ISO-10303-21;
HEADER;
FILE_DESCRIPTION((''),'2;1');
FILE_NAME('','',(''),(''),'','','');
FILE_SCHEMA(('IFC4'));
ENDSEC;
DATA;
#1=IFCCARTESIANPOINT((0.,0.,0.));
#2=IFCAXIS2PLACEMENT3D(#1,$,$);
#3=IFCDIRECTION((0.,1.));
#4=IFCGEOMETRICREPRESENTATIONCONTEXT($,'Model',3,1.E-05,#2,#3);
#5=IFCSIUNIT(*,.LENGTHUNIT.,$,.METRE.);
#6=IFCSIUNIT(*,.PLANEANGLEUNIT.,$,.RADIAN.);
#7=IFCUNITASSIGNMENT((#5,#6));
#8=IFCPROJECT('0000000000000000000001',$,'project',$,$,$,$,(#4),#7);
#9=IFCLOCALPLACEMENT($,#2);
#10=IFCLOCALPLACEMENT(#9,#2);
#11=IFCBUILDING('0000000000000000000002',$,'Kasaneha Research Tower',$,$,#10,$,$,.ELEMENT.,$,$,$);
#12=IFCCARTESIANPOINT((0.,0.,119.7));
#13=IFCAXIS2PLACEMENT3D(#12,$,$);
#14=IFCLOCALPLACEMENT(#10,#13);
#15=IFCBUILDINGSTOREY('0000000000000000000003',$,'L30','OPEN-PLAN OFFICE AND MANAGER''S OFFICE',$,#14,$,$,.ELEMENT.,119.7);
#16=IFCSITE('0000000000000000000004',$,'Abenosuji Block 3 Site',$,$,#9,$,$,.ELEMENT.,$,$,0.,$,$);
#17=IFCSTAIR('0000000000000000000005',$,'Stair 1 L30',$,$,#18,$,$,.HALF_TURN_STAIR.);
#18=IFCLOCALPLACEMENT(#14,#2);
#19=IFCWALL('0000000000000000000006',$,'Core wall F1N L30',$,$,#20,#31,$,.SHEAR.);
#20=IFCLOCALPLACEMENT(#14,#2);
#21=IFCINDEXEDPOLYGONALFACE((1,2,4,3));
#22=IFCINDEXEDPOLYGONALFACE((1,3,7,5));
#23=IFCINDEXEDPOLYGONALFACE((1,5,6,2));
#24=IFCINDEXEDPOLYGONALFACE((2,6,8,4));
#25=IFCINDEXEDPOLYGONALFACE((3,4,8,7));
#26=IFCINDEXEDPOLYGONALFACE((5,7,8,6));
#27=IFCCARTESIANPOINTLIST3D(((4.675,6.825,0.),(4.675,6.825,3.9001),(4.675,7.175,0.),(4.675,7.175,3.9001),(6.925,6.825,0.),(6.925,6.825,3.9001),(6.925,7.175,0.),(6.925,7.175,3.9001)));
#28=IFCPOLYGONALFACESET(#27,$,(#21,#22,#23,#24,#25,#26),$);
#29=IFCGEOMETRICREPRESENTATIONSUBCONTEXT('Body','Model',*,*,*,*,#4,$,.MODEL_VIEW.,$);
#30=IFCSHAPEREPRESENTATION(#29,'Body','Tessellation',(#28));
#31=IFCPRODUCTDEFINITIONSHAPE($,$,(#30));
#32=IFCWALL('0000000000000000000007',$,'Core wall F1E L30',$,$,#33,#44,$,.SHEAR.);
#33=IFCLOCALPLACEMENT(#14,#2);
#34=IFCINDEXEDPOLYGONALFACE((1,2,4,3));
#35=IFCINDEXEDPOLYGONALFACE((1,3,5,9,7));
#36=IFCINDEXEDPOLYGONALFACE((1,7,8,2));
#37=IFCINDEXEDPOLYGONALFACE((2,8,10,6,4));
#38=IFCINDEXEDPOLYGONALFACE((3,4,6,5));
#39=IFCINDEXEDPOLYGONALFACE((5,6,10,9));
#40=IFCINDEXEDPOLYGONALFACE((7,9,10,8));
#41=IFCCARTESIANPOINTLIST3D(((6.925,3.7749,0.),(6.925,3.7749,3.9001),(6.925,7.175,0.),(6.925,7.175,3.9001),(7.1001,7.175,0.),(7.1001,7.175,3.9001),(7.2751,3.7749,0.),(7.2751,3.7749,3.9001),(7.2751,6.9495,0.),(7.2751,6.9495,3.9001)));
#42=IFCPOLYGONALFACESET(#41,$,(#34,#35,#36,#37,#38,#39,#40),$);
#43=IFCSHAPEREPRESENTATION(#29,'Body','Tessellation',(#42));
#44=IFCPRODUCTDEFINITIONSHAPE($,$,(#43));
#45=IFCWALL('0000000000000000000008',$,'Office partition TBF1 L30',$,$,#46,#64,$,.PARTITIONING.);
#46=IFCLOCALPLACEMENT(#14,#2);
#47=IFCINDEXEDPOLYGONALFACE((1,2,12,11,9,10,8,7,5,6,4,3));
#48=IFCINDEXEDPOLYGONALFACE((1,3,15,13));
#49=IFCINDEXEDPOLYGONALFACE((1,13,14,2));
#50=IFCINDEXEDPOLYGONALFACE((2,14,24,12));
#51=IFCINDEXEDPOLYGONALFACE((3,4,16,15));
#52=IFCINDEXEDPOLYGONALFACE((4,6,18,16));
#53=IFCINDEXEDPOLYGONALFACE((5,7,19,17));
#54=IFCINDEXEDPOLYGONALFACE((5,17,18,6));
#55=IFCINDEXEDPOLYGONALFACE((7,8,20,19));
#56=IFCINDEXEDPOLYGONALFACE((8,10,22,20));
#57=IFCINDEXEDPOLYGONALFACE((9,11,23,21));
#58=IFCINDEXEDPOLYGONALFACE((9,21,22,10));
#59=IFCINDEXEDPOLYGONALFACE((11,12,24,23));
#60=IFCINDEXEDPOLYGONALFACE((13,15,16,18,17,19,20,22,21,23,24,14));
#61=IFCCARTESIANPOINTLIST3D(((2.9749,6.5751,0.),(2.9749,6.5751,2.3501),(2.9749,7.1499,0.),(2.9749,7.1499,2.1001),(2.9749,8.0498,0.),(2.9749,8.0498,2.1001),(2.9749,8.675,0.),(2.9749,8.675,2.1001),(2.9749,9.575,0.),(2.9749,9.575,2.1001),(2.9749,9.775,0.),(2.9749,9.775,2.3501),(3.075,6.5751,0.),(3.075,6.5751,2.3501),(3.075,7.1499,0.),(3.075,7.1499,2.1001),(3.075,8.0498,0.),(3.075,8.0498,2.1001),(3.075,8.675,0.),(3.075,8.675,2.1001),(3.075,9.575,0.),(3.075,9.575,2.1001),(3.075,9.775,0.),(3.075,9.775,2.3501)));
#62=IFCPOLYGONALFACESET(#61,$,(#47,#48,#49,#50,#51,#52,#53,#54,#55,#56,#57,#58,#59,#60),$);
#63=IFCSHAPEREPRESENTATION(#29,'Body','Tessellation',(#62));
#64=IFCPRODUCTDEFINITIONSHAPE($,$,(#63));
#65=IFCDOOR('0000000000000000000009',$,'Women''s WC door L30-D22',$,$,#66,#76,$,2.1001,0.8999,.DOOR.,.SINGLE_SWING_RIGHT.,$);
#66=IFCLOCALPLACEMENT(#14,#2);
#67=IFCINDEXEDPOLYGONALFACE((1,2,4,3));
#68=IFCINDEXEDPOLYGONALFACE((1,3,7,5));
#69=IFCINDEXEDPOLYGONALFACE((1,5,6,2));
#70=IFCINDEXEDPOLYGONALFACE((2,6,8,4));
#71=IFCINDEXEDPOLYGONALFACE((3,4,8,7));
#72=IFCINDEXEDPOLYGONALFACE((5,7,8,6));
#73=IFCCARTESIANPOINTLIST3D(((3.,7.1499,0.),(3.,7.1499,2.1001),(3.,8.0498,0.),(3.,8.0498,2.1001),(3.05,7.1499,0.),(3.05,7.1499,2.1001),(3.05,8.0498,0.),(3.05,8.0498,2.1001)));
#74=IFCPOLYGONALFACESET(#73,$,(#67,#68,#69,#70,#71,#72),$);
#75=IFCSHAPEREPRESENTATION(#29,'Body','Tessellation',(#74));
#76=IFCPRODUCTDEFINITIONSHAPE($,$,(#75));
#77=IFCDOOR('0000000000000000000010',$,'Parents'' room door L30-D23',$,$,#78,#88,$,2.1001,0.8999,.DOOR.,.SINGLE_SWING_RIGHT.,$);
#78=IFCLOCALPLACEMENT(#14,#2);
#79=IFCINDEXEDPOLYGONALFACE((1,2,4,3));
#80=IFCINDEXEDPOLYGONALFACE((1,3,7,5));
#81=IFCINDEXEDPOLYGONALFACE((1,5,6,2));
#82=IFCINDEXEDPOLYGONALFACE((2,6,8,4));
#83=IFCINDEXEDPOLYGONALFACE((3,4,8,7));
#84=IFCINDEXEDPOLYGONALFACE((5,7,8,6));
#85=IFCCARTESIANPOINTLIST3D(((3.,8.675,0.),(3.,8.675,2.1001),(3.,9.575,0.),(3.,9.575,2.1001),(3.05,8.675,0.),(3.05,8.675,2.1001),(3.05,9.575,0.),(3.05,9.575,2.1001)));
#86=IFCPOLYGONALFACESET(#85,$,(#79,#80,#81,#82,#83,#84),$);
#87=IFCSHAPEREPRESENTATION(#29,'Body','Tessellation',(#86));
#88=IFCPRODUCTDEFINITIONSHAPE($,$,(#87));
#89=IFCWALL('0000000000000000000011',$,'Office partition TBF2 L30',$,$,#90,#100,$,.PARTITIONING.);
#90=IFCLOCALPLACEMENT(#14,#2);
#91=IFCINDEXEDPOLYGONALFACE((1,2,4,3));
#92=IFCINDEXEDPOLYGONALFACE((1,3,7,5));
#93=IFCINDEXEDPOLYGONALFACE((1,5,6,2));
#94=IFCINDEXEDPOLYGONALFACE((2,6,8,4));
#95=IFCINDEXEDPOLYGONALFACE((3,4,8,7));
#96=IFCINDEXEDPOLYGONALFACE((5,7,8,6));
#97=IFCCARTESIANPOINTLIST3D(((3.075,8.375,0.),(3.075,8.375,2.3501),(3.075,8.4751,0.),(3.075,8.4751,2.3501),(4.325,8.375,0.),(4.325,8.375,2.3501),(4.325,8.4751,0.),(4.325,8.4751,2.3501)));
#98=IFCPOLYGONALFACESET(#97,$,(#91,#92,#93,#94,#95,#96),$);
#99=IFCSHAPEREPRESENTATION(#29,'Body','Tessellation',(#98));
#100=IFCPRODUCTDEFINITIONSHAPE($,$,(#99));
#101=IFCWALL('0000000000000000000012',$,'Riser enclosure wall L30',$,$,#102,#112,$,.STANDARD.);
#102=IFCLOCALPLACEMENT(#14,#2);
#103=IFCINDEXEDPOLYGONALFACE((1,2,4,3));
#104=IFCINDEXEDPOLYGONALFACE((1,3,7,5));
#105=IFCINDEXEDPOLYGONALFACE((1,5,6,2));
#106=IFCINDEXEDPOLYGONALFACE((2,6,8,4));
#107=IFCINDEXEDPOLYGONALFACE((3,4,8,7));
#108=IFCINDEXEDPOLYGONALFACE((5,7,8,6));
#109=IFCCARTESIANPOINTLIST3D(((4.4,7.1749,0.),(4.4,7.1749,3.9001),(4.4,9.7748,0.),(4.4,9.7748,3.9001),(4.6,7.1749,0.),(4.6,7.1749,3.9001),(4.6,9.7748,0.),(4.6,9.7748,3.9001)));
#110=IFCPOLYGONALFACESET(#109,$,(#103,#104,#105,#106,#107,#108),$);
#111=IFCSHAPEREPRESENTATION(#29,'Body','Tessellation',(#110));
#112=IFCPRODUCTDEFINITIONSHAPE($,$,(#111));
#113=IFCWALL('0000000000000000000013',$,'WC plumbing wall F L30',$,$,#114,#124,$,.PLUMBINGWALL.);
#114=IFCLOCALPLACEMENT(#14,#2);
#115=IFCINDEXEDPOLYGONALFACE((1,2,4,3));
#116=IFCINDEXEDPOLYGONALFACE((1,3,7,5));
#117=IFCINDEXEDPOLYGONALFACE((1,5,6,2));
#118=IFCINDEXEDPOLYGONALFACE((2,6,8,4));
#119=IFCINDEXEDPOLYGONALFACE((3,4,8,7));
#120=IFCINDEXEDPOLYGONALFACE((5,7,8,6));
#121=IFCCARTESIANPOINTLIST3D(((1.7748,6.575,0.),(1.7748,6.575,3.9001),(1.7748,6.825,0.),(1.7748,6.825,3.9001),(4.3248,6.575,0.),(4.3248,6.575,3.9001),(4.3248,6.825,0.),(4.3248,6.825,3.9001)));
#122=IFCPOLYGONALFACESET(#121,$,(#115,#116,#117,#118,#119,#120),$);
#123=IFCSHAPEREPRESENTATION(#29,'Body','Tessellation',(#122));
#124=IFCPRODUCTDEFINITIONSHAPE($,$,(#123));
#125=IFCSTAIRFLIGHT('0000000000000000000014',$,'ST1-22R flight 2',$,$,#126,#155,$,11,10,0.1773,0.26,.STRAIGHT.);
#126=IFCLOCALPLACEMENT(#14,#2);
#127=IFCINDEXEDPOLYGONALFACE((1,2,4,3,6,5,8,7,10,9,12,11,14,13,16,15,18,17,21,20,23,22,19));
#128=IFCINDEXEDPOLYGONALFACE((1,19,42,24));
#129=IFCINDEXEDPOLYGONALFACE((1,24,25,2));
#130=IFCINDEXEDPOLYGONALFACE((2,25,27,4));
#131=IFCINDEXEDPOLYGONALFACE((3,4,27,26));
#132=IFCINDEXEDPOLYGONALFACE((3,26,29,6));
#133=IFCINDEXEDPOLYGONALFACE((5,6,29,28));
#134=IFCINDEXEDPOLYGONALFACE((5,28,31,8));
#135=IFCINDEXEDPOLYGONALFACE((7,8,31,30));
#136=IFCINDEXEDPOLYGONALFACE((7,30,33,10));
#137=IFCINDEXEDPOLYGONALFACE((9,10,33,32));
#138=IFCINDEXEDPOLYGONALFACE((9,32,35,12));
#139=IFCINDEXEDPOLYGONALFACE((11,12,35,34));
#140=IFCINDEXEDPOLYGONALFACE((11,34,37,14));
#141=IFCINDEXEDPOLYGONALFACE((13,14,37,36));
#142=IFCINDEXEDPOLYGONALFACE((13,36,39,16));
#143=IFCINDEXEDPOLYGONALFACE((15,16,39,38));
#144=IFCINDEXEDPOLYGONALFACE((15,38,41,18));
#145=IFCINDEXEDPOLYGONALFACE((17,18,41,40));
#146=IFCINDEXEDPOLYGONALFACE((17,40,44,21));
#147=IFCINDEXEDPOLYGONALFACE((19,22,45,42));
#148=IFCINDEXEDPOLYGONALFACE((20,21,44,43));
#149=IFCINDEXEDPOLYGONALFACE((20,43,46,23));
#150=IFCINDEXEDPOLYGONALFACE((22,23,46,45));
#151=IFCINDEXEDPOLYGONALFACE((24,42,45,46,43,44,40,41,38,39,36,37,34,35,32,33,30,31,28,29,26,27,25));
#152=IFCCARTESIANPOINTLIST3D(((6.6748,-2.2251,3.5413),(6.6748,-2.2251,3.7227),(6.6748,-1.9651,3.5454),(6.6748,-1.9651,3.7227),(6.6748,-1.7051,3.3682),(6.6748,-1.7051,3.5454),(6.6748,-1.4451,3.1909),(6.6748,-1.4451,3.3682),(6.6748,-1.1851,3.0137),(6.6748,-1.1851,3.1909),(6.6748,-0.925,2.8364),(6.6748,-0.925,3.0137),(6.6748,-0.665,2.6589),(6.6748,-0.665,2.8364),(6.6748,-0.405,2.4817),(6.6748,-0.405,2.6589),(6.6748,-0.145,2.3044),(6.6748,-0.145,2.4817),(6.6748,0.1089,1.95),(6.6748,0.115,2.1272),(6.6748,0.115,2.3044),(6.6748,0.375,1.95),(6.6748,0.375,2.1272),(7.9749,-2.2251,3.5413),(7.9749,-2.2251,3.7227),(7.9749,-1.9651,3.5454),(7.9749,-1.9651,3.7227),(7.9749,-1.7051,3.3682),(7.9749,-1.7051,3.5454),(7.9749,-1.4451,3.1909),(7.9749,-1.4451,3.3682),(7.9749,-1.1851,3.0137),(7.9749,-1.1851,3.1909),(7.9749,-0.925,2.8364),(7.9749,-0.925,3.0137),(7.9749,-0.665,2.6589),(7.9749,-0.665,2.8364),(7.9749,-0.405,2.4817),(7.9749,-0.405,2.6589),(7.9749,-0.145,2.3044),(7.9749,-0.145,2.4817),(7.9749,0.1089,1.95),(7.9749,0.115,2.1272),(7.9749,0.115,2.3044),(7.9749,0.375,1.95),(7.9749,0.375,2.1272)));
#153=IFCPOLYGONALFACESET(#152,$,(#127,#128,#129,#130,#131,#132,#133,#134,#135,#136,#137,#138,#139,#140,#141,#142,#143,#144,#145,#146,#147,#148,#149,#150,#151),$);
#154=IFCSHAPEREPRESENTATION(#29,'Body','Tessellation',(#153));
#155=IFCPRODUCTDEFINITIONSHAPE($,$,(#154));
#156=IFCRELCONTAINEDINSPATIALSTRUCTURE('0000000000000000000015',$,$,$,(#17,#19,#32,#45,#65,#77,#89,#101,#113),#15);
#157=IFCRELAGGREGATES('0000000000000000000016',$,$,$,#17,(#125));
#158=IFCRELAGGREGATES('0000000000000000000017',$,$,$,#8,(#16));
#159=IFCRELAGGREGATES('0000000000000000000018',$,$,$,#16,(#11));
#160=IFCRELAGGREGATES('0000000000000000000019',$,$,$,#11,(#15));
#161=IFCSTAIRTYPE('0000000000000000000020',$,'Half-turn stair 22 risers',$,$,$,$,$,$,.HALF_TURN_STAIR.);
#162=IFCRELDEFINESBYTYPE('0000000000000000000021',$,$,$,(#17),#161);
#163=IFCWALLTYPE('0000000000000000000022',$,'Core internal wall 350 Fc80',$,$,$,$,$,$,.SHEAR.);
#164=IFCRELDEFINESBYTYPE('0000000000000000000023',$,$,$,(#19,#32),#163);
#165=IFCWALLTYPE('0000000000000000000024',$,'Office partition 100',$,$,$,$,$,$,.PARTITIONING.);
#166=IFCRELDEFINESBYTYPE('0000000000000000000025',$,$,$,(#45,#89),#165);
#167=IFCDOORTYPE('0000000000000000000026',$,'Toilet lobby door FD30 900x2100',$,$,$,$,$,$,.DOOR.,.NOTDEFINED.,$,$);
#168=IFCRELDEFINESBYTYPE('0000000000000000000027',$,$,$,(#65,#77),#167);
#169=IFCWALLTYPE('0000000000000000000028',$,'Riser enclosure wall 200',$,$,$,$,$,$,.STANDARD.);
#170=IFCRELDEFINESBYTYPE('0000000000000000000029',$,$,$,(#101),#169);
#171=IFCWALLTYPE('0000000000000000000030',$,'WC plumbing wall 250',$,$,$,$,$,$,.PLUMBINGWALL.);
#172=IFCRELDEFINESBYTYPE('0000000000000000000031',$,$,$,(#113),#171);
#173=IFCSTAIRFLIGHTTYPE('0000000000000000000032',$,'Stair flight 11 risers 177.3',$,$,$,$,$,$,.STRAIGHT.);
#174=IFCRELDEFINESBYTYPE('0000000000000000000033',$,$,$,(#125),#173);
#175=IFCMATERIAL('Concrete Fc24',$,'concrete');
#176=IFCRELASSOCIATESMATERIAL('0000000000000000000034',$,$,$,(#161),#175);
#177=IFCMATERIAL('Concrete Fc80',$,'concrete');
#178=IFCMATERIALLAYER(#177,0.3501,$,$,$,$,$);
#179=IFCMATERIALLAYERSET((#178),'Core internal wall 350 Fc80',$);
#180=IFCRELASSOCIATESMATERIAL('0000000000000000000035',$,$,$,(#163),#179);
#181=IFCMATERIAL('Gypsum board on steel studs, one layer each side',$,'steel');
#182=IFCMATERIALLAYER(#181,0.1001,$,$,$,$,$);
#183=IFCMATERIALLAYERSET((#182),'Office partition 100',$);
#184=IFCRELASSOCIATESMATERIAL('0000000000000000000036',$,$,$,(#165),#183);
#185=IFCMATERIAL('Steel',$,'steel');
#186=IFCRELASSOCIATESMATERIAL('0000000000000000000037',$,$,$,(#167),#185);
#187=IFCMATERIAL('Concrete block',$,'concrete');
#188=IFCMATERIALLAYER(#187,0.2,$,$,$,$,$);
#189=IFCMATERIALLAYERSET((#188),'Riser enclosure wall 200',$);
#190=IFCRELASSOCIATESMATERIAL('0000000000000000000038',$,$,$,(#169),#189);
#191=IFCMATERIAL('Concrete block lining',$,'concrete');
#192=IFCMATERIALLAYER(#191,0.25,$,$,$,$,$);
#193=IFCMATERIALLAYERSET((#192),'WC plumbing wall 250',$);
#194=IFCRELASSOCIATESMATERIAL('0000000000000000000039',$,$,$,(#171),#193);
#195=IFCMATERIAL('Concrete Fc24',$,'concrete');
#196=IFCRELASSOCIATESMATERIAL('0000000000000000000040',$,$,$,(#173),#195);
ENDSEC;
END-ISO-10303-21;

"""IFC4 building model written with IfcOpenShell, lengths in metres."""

from ifc_helpers import new_model, si_unit, direction, frame, frame_2d, origin, place, context, subcontext, project, spatial, polyline, rectangle, outline, extrude, material, layer, layer_set, type_object, element, fill, aggregate, save


model = new_model("IFC4")

# Units and contexts
model_context = context("Model", 3, precision=1e-05, world=origin(), true_north=direction((0.0, 1.0)))
body_context = subcontext(model_context, "Body", "Model", "MODEL_VIEW")
ifc_project = project(units=[si_unit("LENGTHUNIT", "METRE"), si_unit("PLANEANGLEUNIT", "RADIAN")], contexts=[model_context])

# Site, building, storey
site_placement = place(None, origin())
site = spatial("IfcSite", under=ifc_project, at=site_placement, Name="Abenosuji Block 3 Site", CompositionType="ELEMENT", RefElevation=0.0)
building_placement = place(site_placement, origin())
building = spatial("IfcBuilding", under=site, at=building_placement, Name="Kasaneha Research Tower", CompositionType="ELEMENT")
storey_placement = place(building_placement, frame((0.0, 0.0, 119.7)))
storey = spatial("IfcBuildingStorey", under=building, at=storey_placement, Name="L30", Description="OPEN-PLAN OFFICE AND MANAGER'S OFFICE", CompositionType="ELEMENT", Elevation=119.7)

# Stair
ifc_material_1 = material(Name="Concrete Fc24", Category="concrete")
stair_type = type_object("IfcStairType", Name="Half-turn stair 22 risers", PredefinedType="HALF_TURN_STAIR", material=ifc_material_1)
stair_1_placement = place(storey_placement, origin())
stair_1 = element("IfcStair", 1, at=stair_1_placement, inside=storey, type_object=stair_type, Name="Stair 1 L30", PredefinedType="HALF_TURN_STAIR")

# Shared definitions
ifc_material_2 = material(Name="Concrete Fc80", Category="concrete")
ifc_layer_1 = layer(ifc_material_2, 0.3501)
ifc_layer_set_1 = layer_set([ifc_layer_1], Name="Core internal wall 350 Fc80")
wall_type_1 = type_object("IfcWallType", Name="Core internal wall 350 Fc80", PredefinedType="SHEAR", material=ifc_layer_set_1)

# Walls
wall_1_placement = place(storey_placement, frame((4.675, 7.0, 0.0), z_axis=(0.0, 0.0, 1.0), x_axis=(1.0, 0.0, 0.0)))
element("IfcWall", 2, at=wall_1_placement, inside=storey, type_object=wall_type_1, Name="Core wall F1N L30", PredefinedType="SHEAR", context=body_context, shape_type="SweptSolid", body=[
    extrude(rectangle(XDim=2.25, YDim=0.3501, at=frame_2d((1.125, 0.0))), origin(), (0.0, 0.0, 1.0), 3.9001),
])
wall_2_placement = place(storey_placement, frame((7.1001, 3.7749, 0.0), z_axis=(0.0, 0.0, 1.0), x_axis=(0.0, 1.0, 0.0)))
element("IfcWall", 3, at=wall_2_placement, inside=storey, type_object=wall_type_1, Name="Core wall F1E L30", PredefinedType="SHEAR", context=body_context, shape_type="SweptSolid", body=[
    extrude(outline(polyline([(0.0, -0.175), (3.1746, -0.175), (3.4001, 0.0), (3.4001, 0.175), (0.0, 0.175), (0.0, -0.175)])), origin(), (0.0, 0.0, 1.0), 3.9001),
])

# Wall, openings, doors
ifc_material_3 = material(Name="Gypsum board on steel studs, one layer each side", Category="steel")
ifc_layer_2 = layer(ifc_material_3, 0.1001)
ifc_layer_set_2 = layer_set([ifc_layer_2], Name="Office partition 100")
wall_type_2 = type_object("IfcWallType", Name="Office partition 100", PredefinedType="PARTITIONING", material=ifc_layer_set_2)
wall_3_placement = place(storey_placement, frame((3.0249, 6.575, 0.0), z_axis=(0.0, 0.0, 1.0), x_axis=(0.0, 1.0, 0.0)))
wall_3 = element("IfcWall", 4, at=wall_3_placement, inside=storey, type_object=wall_type_2, Name="Office partition TBF1 L30", PredefinedType="PARTITIONING", context=body_context, shape_type="SweptSolid", body=[
    extrude(rectangle(XDim=3.2, YDim=0.1001, at=frame_2d((1.6001, 0.0))), origin(), (0.0, 0.0, 1.0), 2.3501),
])
opening_1_placement = place(wall_3_placement, frame((0.575, 0.0, 0.0)))
opening_1 = element("IfcOpeningElement", 5, at=opening_1_placement, cuts=wall_3, PredefinedType="OPENING", context=body_context, shape_type="SweptSolid", body=[
    extrude(rectangle(XDim=0.8999, YDim=2.1001, at=frame_2d((0.45, 1.05))), frame((0.0, 0.0601, 0.0), z_axis=(0.0, -1.0, 0.0), x_axis=(1.0, 0.0, 0.0)), (0.0, 0.0, 1.0), 0.1201),
])
opening_2_placement = place(wall_3_placement, frame((2.1001, 0.0, 0.0)))
opening_2 = element("IfcOpeningElement", 6, at=opening_2_placement, cuts=wall_3, PredefinedType="OPENING", context=body_context, shape_type="SweptSolid", body=[
    extrude(rectangle(XDim=0.8999, YDim=2.1001, at=frame_2d((0.45, 1.05))), frame((0.0, 0.0601, 0.0), z_axis=(0.0, -1.0, 0.0), x_axis=(1.0, 0.0, 0.0)), (0.0, 0.0, 1.0), 0.1201),
])
ifc_material_4 = material(Name="Steel", Category="steel")
door_type_1 = type_object("IfcDoorType", Name="Toilet lobby door FD30 900x2100", OperationType="NOTDEFINED", PredefinedType="DOOR", material=ifc_material_4)
door_1_placement = place(opening_1_placement, origin())
door_1 = element("IfcDoor", 7, at=door_1_placement, inside=storey, type_object=door_type_1, Name="Women's WC door L30-D22", OperationType="SINGLE_SWING_RIGHT", OverallHeight=2.1001, OverallWidth=0.8999, PredefinedType="DOOR", context=body_context, shape_type="SweptSolid", body=[
    extrude(rectangle(XDim=0.8999, YDim=2.1001, at=frame_2d((0.45, 1.05))), frame((0.0, 0.0249, 0.0), z_axis=(0.0, -1.0, 0.0), x_axis=(1.0, 0.0, 0.0)), (0.0, 0.0, 1.0), 0.05),
])
fill(opening_1, door_1)
door_2_placement = place(opening_2_placement, origin())
door_2 = element("IfcDoor", 8, at=door_2_placement, inside=storey, type_object=door_type_1, Name="Parents' room door L30-D23", OperationType="SINGLE_SWING_RIGHT", OverallHeight=2.1001, OverallWidth=0.8999, PredefinedType="DOOR", context=body_context, shape_type="SweptSolid", body=[
    extrude(rectangle(XDim=0.8999, YDim=2.1001, at=frame_2d((0.45, 1.05))), frame((0.0, 0.0249, 0.0), z_axis=(0.0, -1.0, 0.0), x_axis=(1.0, 0.0, 0.0)), (0.0, 0.0, 1.0), 0.05),
])
fill(opening_2, door_2)

# Walls
wall_4_placement = place(storey_placement, frame((3.075, 8.425, 0.0), z_axis=(0.0, 0.0, 1.0), x_axis=(1.0, 0.0, 0.0)))
element("IfcWall", 9, at=wall_4_placement, inside=storey, type_object=wall_type_2, Name="Office partition TBF2 L30", PredefinedType="PARTITIONING", context=body_context, shape_type="SweptSolid", body=[
    extrude(rectangle(XDim=1.25, YDim=0.1001, at=frame_2d((0.625, 0.0))), origin(), (0.0, 0.0, 1.0), 2.3501),
])
ifc_material_5 = material(Name="Concrete block", Category="concrete")
ifc_layer_3 = layer(ifc_material_5, 0.2)
ifc_layer_set_3 = layer_set([ifc_layer_3], Name="Riser enclosure wall 200")
wall_type_3 = type_object("IfcWallType", Name="Riser enclosure wall 200", PredefinedType="STANDARD", material=ifc_layer_set_3)
wall_5_placement = place(storey_placement, frame((4.5, 7.175, 0.0), z_axis=(0.0, 0.0, 1.0), x_axis=(0.0, 1.0, 0.0)))
element("IfcWall", 10, at=wall_5_placement, inside=storey, type_object=wall_type_3, Name="Riser enclosure wall L30", PredefinedType="STANDARD", context=body_context, shape_type="SweptSolid", body=[
    extrude(rectangle(XDim=2.5999, YDim=0.2, at=frame_2d((1.2998, 0.0))), origin(), (0.0, 0.0, 1.0), 3.9001),
])
ifc_material_6 = material(Name="Concrete block lining", Category="concrete")
ifc_layer_4 = layer(ifc_material_6, 0.25)
ifc_layer_set_4 = layer_set([ifc_layer_4], Name="WC plumbing wall 250")
wall_type_4 = type_object("IfcWallType", Name="WC plumbing wall 250", PredefinedType="PLUMBINGWALL", material=ifc_layer_set_4)
wall_6_placement = place(storey_placement, frame((1.7749, 6.7, 0.0), z_axis=(0.0, 0.0, 1.0), x_axis=(1.0, 0.0, 0.0)))
element("IfcWall", 11, at=wall_6_placement, inside=storey, type_object=wall_type_4, Name="WC plumbing wall F L30", PredefinedType="PLUMBINGWALL", context=body_context, shape_type="SweptSolid", body=[
    extrude(rectangle(XDim=2.55, YDim=0.25, at=frame_2d((1.2749, 0.0))), origin(), (0.0, 0.0, 1.0), 3.9001),
])

# Stair flight
ifc_material_7 = material(Name="Concrete Fc24", Category="concrete")
stair_flight_type = type_object("IfcStairFlightType", Name="Stair flight 11 risers 177.3", PredefinedType="STRAIGHT", material=ifc_material_7)
stair_flight_placement = place(storey_placement, frame((7.325, 0.375, 1.95), z_axis=(0.0, 0.0, 1.0), x_axis=(0.0, -1.0, 0.0)))
stair_flight = element("IfcStairFlight", 12, at=stair_flight_placement, type_object=stair_flight_type, Name="ST1-22R flight 2", NumberOfRisers=11, NumberOfTreads=10, PredefinedType="STRAIGHT", RiserHeight=0.1773, TreadLength=0.26, context=body_context, shape_type="SweptSolid", body=[
    extrude(outline(polyline([(0.0, 0.0), (0.0, 0.1772), (0.26, 0.1772), (0.26, 0.3545), (0.52, 0.3545), (0.52, 0.5317), (0.78, 0.5317), (0.78, 0.709), (1.04, 0.709), (1.04, 0.8865), (1.3, 0.8865), (1.3, 1.0637), (1.5601, 1.0637), (1.5601, 1.241), (1.8201, 1.241), (1.8201, 1.4182), (2.0801, 1.4182), (2.0801, 1.5955), (2.3401, 1.5955), (2.3401, 1.7727), (2.6001, 1.7727), (2.6001, 1.95), (2.6001, 1.5913), (0.2661, 0.0), (0.0, 0.0)])), frame((0.0, 0.6499, 0.0), z_axis=(0.0, -1.0, 0.0), x_axis=(1.0, 0.0, 0.0)), (0.0, 0.0, 1.0), 1.3),
])
aggregate(stair_1, [stair_flight])

save(model, "model.ifc")
